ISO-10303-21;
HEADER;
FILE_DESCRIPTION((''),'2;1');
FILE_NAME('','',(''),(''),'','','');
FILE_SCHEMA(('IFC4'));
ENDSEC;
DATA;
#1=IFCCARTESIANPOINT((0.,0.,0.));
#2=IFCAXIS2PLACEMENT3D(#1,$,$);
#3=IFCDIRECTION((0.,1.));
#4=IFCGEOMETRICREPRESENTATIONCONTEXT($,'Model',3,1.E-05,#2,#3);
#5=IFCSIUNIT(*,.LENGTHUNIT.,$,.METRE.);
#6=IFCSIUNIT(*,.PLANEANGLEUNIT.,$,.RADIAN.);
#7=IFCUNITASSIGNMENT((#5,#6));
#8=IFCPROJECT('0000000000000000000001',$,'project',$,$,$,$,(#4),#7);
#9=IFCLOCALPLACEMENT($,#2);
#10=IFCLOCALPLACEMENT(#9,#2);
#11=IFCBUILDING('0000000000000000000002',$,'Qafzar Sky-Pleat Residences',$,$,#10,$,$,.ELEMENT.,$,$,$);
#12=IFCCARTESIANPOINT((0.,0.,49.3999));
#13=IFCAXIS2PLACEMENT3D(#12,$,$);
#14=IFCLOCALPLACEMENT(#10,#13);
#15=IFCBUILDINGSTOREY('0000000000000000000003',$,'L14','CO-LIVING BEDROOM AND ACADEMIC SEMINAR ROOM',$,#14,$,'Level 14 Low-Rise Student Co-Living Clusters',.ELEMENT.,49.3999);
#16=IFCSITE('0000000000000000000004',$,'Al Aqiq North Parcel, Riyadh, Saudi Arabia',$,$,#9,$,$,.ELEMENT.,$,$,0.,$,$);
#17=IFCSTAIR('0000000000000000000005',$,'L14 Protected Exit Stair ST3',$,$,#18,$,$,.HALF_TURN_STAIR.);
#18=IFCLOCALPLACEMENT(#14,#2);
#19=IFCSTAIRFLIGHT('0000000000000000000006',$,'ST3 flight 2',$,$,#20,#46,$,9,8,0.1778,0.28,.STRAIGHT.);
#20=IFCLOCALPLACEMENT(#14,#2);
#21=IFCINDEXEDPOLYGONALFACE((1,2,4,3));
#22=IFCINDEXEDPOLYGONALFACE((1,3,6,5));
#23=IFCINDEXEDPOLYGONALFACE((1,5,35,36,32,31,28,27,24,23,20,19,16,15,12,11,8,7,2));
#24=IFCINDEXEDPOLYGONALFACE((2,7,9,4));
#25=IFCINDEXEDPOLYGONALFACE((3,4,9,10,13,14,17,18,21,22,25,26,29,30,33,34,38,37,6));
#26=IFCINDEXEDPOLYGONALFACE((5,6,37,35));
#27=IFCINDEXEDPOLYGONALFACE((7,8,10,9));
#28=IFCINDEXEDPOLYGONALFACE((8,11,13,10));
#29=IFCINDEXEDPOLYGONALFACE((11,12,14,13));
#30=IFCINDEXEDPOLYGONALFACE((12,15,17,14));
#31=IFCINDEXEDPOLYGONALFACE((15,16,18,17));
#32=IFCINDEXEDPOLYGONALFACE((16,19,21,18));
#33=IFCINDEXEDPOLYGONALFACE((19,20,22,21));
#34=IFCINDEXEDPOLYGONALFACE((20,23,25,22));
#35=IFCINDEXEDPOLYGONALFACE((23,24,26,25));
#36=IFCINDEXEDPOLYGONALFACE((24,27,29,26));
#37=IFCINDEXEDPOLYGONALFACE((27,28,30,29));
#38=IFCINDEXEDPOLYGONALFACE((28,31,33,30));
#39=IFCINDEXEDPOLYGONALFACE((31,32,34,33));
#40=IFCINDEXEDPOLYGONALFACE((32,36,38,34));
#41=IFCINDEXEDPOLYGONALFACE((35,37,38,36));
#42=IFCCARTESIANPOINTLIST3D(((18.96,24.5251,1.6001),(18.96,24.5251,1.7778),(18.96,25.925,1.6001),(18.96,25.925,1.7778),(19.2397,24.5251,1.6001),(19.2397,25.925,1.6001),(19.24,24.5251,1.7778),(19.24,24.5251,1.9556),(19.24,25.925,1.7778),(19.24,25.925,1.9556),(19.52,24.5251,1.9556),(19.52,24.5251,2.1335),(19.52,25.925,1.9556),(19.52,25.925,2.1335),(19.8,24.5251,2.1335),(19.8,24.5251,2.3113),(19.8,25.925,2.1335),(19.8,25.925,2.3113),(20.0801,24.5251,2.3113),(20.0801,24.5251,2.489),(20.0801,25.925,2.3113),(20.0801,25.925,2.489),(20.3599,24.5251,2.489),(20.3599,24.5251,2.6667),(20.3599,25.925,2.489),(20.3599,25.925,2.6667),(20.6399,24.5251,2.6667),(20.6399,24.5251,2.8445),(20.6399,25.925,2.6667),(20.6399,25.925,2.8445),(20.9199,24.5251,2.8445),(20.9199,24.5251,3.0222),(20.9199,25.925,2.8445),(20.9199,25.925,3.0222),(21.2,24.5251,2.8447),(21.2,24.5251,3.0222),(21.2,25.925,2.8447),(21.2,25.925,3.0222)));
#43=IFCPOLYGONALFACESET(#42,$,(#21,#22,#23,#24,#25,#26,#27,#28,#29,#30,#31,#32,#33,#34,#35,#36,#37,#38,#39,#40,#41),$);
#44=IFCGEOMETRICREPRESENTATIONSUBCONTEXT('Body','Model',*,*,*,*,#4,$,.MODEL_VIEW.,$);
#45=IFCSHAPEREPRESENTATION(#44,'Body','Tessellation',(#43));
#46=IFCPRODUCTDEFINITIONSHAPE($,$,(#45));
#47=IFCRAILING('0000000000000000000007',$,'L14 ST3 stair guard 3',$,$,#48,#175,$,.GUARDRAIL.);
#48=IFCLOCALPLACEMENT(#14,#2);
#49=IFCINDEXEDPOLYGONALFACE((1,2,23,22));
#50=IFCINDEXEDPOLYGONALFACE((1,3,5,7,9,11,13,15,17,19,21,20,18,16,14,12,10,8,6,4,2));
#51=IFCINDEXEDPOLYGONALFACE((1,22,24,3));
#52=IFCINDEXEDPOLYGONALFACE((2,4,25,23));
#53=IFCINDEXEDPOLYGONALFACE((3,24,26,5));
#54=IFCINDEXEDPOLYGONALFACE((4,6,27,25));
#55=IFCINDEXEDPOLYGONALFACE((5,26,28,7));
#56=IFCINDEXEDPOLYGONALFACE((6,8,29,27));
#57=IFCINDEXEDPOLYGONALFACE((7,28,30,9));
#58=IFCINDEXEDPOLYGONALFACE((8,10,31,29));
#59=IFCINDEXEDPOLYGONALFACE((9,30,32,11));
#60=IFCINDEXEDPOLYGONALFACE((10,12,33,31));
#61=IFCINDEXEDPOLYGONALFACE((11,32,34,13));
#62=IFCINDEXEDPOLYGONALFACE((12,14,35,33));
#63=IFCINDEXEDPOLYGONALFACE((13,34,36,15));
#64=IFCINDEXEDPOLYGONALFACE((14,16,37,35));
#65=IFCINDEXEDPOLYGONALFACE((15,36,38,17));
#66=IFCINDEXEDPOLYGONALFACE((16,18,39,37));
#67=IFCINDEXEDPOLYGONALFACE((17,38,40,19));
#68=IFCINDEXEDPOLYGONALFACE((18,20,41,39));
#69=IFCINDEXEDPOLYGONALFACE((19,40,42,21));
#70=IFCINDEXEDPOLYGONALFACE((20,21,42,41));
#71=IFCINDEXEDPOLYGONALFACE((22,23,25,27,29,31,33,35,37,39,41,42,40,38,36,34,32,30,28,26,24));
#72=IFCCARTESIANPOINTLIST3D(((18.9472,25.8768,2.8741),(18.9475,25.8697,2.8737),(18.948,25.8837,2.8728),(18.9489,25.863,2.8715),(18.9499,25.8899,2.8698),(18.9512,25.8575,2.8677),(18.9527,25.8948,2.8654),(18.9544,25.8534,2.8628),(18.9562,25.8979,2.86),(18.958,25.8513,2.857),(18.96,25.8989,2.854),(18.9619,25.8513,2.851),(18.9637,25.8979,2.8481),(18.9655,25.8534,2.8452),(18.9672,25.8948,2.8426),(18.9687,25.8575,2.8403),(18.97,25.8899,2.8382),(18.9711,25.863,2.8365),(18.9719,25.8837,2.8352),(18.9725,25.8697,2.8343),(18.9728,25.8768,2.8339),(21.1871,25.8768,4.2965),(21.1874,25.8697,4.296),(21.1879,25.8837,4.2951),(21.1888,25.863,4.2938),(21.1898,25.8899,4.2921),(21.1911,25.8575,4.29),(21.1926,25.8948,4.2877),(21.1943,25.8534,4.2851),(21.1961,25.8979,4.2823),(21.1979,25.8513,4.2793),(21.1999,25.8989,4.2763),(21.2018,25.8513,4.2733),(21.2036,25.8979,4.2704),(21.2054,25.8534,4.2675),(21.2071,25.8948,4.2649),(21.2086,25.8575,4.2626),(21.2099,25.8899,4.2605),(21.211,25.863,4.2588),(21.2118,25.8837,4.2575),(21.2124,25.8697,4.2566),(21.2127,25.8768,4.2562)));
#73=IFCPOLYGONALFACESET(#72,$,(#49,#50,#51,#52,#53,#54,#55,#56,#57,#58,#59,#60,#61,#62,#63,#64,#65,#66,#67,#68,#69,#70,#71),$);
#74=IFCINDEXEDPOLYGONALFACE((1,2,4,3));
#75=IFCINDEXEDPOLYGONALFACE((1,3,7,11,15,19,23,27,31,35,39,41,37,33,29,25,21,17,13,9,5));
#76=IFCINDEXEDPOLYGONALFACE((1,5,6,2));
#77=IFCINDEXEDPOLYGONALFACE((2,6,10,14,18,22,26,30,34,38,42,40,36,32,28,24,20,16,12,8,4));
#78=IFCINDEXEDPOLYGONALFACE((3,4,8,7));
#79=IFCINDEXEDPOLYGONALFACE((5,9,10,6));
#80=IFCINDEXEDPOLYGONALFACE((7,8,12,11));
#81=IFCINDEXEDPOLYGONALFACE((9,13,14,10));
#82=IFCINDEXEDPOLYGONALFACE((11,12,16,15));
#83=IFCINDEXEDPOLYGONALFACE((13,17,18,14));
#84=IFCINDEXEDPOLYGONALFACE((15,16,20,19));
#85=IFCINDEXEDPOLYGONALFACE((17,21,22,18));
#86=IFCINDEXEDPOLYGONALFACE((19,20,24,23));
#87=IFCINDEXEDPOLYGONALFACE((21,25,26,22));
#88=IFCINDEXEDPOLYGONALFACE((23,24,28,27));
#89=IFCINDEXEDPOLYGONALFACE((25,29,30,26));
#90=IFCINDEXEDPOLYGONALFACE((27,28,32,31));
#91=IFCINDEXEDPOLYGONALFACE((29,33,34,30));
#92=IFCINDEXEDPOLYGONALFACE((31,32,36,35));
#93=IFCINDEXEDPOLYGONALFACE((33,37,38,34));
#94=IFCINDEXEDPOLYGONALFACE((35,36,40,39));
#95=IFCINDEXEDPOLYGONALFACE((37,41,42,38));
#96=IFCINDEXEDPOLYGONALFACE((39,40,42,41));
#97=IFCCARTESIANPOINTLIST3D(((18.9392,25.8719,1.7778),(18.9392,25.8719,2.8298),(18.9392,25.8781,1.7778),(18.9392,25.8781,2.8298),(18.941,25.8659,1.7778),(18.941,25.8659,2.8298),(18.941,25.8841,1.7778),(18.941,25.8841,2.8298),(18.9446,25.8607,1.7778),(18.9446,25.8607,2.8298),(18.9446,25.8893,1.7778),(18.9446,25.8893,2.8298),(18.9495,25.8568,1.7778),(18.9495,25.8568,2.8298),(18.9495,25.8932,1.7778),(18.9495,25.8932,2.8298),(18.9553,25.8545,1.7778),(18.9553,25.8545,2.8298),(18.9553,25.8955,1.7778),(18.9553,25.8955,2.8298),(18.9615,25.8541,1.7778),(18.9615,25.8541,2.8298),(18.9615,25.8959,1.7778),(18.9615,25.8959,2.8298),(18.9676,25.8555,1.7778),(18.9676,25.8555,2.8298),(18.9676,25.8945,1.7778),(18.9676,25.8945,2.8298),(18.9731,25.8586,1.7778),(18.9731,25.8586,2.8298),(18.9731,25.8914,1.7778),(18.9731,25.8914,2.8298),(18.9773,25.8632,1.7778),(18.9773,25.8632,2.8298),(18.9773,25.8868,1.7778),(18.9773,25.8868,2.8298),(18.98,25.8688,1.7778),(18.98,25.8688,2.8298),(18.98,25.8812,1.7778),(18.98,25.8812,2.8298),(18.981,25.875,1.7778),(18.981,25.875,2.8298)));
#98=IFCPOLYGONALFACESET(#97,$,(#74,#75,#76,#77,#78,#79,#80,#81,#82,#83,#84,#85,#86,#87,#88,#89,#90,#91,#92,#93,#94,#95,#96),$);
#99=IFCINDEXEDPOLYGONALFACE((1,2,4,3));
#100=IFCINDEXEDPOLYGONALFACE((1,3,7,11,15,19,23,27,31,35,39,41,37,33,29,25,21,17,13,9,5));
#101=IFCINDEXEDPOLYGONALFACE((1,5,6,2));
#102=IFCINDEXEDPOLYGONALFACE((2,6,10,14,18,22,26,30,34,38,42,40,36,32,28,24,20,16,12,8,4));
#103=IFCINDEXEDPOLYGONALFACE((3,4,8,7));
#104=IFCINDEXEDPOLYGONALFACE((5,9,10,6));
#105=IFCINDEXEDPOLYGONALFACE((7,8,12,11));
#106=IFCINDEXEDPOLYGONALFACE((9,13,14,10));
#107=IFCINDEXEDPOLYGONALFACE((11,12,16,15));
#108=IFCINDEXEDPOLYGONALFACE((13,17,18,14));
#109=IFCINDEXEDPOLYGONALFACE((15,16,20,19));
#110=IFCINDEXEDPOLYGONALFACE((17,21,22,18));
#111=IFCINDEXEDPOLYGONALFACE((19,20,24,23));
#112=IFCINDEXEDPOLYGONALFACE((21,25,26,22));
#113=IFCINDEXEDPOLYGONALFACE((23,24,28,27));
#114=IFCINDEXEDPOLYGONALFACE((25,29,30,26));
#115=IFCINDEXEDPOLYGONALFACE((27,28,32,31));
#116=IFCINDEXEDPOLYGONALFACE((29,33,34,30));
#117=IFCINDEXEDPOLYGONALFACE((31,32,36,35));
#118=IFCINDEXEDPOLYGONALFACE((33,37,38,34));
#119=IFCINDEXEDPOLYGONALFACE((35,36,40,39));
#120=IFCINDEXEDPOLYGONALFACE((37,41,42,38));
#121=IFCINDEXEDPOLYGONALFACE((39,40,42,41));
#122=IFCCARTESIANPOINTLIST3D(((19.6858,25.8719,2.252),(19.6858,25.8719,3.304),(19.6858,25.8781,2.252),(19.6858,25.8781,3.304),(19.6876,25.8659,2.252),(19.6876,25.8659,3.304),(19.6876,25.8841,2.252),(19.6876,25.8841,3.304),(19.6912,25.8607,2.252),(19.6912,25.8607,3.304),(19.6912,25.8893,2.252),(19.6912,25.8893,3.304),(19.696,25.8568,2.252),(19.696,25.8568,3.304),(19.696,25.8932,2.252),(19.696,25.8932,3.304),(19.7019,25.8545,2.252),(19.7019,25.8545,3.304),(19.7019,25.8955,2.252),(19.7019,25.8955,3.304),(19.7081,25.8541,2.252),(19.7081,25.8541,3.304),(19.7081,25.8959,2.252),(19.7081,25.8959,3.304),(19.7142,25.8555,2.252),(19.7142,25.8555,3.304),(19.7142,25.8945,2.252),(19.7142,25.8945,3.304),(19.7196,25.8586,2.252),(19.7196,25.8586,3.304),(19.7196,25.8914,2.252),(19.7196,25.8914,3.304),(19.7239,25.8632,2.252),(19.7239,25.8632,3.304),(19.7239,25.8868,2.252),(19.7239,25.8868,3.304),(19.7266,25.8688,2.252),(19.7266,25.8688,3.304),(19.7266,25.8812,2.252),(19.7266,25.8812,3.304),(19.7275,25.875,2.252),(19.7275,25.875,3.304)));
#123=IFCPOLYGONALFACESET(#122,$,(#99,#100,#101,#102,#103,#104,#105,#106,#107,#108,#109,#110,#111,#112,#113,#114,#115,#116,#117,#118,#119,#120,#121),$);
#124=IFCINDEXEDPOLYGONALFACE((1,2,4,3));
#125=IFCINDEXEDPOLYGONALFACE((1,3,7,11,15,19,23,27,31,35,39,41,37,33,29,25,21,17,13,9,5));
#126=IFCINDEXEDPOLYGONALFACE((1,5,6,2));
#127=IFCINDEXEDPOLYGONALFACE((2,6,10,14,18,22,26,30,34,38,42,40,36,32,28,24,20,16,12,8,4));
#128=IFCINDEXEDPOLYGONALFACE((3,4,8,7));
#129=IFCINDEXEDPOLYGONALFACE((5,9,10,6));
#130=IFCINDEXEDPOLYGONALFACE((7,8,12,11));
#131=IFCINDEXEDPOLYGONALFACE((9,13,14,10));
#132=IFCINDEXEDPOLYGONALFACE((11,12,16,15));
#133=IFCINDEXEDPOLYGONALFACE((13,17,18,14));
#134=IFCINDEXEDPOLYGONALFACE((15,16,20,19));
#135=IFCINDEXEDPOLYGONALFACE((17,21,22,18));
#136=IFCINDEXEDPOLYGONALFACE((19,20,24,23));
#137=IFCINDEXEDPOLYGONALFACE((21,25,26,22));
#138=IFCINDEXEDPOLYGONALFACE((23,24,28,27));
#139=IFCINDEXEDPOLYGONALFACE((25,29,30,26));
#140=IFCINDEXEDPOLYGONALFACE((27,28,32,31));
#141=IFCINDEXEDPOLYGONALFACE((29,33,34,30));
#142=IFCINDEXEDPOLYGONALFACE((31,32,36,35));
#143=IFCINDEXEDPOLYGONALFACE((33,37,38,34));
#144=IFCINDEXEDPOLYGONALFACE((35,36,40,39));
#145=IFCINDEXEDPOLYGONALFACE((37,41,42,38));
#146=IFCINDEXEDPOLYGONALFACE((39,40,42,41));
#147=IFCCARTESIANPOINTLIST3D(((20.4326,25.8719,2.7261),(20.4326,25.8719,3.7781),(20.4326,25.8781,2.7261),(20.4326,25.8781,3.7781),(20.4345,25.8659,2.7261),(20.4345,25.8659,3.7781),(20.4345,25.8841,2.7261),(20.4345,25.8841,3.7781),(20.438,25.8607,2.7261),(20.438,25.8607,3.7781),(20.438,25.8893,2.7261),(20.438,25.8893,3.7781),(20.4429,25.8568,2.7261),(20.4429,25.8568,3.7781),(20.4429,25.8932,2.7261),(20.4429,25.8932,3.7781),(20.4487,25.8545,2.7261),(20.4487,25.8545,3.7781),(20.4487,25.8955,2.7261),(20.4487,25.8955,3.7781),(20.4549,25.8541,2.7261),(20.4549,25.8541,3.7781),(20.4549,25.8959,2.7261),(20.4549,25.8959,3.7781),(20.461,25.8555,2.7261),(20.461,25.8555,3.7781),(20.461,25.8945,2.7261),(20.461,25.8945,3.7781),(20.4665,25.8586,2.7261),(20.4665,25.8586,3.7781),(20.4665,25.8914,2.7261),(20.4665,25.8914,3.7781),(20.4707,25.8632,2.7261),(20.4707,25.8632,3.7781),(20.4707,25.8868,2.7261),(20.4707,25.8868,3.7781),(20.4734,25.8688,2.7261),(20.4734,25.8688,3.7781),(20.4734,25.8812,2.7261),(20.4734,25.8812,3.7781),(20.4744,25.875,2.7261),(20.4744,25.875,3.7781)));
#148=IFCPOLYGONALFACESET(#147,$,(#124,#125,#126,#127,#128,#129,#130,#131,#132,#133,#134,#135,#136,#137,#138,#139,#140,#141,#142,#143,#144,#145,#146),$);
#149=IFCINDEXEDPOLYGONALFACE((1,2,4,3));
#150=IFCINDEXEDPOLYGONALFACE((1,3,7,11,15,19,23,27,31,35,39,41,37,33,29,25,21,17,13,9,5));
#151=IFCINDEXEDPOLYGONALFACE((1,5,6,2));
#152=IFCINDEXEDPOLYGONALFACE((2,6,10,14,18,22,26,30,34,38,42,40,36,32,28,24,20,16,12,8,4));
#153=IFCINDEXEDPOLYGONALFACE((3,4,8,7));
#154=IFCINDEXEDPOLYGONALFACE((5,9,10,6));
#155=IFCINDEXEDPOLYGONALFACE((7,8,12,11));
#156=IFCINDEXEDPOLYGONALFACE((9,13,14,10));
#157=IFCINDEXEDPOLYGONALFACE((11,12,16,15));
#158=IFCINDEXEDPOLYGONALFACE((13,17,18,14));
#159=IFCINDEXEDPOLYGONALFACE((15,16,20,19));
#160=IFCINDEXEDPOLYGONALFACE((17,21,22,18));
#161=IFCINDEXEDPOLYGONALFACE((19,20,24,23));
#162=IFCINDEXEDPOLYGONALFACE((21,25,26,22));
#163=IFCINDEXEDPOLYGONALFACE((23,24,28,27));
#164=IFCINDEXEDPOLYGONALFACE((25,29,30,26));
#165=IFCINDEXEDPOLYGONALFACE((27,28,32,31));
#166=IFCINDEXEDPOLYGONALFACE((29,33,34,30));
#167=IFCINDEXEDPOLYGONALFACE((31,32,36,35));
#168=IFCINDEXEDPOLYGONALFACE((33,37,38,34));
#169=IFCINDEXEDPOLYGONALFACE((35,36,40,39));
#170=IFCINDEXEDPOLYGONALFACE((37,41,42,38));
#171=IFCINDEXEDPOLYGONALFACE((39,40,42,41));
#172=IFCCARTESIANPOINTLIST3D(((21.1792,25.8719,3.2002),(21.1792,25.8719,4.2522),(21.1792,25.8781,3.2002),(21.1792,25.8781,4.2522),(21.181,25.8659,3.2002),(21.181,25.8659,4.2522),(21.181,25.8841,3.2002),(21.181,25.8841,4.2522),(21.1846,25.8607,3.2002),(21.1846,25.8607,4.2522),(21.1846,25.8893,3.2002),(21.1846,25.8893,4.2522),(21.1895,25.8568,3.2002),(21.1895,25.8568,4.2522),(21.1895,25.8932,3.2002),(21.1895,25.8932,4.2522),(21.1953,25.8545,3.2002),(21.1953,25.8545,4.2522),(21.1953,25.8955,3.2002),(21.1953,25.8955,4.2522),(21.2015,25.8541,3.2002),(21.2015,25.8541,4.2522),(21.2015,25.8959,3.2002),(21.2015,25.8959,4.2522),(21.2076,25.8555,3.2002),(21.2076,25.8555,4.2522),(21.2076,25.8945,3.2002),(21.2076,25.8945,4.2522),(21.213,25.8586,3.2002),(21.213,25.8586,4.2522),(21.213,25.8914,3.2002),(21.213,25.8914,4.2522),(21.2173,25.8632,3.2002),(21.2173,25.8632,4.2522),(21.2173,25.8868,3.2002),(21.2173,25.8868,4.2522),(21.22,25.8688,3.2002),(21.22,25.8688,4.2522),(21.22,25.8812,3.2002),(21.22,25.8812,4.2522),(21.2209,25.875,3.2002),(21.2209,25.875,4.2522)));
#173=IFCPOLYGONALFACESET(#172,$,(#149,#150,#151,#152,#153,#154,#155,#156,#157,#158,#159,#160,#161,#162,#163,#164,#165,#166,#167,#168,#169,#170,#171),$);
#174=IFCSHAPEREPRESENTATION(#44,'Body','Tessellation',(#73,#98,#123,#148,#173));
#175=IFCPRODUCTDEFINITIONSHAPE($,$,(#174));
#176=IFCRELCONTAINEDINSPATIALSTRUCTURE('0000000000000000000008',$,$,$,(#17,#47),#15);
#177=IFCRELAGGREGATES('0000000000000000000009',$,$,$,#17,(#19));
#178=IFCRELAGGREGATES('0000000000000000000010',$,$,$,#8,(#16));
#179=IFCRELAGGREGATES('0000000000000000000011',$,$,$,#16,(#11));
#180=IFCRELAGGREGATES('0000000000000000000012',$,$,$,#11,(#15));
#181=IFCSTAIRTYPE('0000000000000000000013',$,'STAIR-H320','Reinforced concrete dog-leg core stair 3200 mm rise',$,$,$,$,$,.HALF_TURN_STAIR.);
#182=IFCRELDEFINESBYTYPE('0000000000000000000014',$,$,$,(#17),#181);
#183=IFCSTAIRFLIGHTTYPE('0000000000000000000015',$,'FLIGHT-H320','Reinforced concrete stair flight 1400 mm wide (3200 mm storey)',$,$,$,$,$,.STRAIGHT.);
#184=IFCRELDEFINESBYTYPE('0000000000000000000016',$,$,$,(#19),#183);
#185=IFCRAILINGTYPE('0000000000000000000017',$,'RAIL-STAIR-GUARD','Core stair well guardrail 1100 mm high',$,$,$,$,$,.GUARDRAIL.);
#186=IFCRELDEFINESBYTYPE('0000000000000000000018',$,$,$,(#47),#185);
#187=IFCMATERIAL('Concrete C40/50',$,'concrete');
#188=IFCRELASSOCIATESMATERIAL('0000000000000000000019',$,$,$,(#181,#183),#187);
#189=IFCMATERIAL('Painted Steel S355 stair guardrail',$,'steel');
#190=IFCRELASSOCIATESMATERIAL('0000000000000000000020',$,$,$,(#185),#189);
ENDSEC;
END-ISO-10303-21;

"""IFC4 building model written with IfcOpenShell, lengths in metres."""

from ifc_helpers import new_model, si_unit, direction, frame, origin, origin_2d, place, context, subcontext, project, spatial, polyline, circle, outline, extrude, source, transform, mapped, material, type_object, element, aggregate, save


model = new_model("IFC4")

# Units and contexts
model_context = context("Model", 3, precision=1e-05, world=origin(), true_north=direction((0.0, 1.0)))
body_context = subcontext(model_context, "Body", "Model", "MODEL_VIEW")
ifc_project = project(units=[si_unit("LENGTHUNIT", "METRE"), si_unit("PLANEANGLEUNIT", "RADIAN")], contexts=[model_context])

# Site, building, storey
site_placement = place(None, origin())
site = spatial("IfcSite", under=ifc_project, at=site_placement, Name="Al Aqiq North Parcel, Riyadh, Saudi Arabia", CompositionType="ELEMENT", RefElevation=0.0)
building_placement = place(site_placement, origin())
building = spatial("IfcBuilding", under=site, at=building_placement, Name="Qafzar Sky-Pleat Residences", CompositionType="ELEMENT")
storey_placement = place(building_placement, frame((0.0, 0.0, 49.3999)))
storey = spatial("IfcBuildingStorey", under=building, at=storey_placement, Name="L14", Description="CO-LIVING BEDROOM AND ACADEMIC SEMINAR ROOM", LongName="Level 14 Low-Rise Student Co-Living Clusters", CompositionType="ELEMENT", Elevation=49.3999)

# Stair, stair flight
ifc_material_1 = material(Name="Concrete C40/50", Category="concrete")
stair_type = type_object("IfcStairType", Name="STAIR-H320", Description="Reinforced concrete dog-leg core stair 3200 mm rise", PredefinedType="HALF_TURN_STAIR", material=ifc_material_1)
stair_placement = place(storey_placement, origin())
stair = element("IfcStair", 1, at=stair_placement, inside=storey, type_object=stair_type, Name="L14 Protected Exit Stair ST3", PredefinedType="HALF_TURN_STAIR")
stair_flight_type = type_object("IfcStairFlightType", Name="FLIGHT-H320", Description="Reinforced concrete stair flight 1400 mm wide (3200 mm storey)", PredefinedType="STRAIGHT", material=ifc_material_1)
shared_shape_1 = source(origin(), body_context, "Body", "SweptSolid", [
    extrude(outline(polyline([(0.0, 0.0), (0.0, 0.1777), (0.28, 0.1777), (0.28, 0.3555), (0.5601, 0.3555), (0.5601, 0.5334), (0.8401, 0.5334), (0.8401, 0.7112), (1.1201, 0.7112), (1.1201, 0.8889), (1.3999, 0.8889), (1.3999, 1.0667), (1.6799, 1.0667), (1.6799, 1.2444), (1.96, 1.2444), (1.96, 1.4221), (2.24, 1.4221), (2.24, 1.6001), (2.24, 1.2446), (0.2798, 0.0), (0.0, 0.0)])), frame((0.0, 0.7, 0.0), z_axis=(0.0, -1.0, 0.0), x_axis=(1.0, 0.0, 0.0)), (0.0, 0.0, 1.0), 1.3999),
])
stair_flight_placement = place(storey_placement, frame((18.96, 25.2251, 1.6001), z_axis=(0.0, 0.0, 1.0), x_axis=(1.0, 0.0, 0.0)))
stair_flight = element("IfcStairFlight", 2, at=stair_flight_placement, type_object=stair_flight_type, Name="ST3 flight 2", NumberOfRisers=9, NumberOfTreads=8, PredefinedType="STRAIGHT", RiserHeight=0.1778, TreadLength=0.28, context=body_context, shape_type="MappedRepresentation", body=[
    mapped(shared_shape_1, transform((0.0, 0.0, 0.0), x_axis=(1.0, 0.0, 0.0), y_axis=(0.0, 1.0, 0.0), z_axis=(0.0, 0.0, 1.0), scale=1.0)),
])
aggregate(stair, [stair_flight])

# Railing
ifc_material_2 = material(Name="Painted Steel S355 stair guardrail", Category="steel")
railing_type = type_object("IfcRailingType", Name="RAIL-STAIR-GUARD", Description="Core stair well guardrail 1100 mm high", PredefinedType="GUARDRAIL", material=ifc_material_2)
shared_shape_2 = source(origin(), body_context, "Body", "SweptSolid", [
    extrude(circle(Radius=0.0239, at=origin_2d()), frame((0.0, 0.0, 1.0762), z_axis=(0.844188, 0.0, 0.536048), x_axis=(0.0, 1.0, 0.0)), (0.0, 0.0, 1.0), 2.6533),
    extrude(circle(Radius=0.021, at=origin_2d()), origin(), (0.0, 0.0, 1.0), 1.052),
    extrude(circle(Radius=0.021, at=origin_2d()), frame((0.7466, 0.0, 0.4741)), (0.0, 0.0, 1.0), 1.052),
    extrude(circle(Radius=0.021, at=origin_2d()), frame((1.4934, 0.0, 0.9482)), (0.0, 0.0, 1.0), 1.052),
    extrude(circle(Radius=0.021, at=origin_2d()), frame((2.24, 0.0, 1.4224)), (0.0, 0.0, 1.0), 1.052),
])
railing_placement = place(storey_placement, frame((18.96, 25.875, 1.7778)))
element("IfcRailing", 3, at=railing_placement, inside=storey, type_object=railing_type, Name="L14 ST3 stair guard 3", PredefinedType="GUARDRAIL", context=body_context, shape_type="MappedRepresentation", body=[
    mapped(shared_shape_2, transform((0.0, 0.0, 0.0), x_axis=(1.0, 0.0, 0.0), y_axis=(0.0, 1.0, 0.0), z_axis=(0.0, 0.0, 1.0), scale=1.0)),
])

save(model, "model.ifc")
